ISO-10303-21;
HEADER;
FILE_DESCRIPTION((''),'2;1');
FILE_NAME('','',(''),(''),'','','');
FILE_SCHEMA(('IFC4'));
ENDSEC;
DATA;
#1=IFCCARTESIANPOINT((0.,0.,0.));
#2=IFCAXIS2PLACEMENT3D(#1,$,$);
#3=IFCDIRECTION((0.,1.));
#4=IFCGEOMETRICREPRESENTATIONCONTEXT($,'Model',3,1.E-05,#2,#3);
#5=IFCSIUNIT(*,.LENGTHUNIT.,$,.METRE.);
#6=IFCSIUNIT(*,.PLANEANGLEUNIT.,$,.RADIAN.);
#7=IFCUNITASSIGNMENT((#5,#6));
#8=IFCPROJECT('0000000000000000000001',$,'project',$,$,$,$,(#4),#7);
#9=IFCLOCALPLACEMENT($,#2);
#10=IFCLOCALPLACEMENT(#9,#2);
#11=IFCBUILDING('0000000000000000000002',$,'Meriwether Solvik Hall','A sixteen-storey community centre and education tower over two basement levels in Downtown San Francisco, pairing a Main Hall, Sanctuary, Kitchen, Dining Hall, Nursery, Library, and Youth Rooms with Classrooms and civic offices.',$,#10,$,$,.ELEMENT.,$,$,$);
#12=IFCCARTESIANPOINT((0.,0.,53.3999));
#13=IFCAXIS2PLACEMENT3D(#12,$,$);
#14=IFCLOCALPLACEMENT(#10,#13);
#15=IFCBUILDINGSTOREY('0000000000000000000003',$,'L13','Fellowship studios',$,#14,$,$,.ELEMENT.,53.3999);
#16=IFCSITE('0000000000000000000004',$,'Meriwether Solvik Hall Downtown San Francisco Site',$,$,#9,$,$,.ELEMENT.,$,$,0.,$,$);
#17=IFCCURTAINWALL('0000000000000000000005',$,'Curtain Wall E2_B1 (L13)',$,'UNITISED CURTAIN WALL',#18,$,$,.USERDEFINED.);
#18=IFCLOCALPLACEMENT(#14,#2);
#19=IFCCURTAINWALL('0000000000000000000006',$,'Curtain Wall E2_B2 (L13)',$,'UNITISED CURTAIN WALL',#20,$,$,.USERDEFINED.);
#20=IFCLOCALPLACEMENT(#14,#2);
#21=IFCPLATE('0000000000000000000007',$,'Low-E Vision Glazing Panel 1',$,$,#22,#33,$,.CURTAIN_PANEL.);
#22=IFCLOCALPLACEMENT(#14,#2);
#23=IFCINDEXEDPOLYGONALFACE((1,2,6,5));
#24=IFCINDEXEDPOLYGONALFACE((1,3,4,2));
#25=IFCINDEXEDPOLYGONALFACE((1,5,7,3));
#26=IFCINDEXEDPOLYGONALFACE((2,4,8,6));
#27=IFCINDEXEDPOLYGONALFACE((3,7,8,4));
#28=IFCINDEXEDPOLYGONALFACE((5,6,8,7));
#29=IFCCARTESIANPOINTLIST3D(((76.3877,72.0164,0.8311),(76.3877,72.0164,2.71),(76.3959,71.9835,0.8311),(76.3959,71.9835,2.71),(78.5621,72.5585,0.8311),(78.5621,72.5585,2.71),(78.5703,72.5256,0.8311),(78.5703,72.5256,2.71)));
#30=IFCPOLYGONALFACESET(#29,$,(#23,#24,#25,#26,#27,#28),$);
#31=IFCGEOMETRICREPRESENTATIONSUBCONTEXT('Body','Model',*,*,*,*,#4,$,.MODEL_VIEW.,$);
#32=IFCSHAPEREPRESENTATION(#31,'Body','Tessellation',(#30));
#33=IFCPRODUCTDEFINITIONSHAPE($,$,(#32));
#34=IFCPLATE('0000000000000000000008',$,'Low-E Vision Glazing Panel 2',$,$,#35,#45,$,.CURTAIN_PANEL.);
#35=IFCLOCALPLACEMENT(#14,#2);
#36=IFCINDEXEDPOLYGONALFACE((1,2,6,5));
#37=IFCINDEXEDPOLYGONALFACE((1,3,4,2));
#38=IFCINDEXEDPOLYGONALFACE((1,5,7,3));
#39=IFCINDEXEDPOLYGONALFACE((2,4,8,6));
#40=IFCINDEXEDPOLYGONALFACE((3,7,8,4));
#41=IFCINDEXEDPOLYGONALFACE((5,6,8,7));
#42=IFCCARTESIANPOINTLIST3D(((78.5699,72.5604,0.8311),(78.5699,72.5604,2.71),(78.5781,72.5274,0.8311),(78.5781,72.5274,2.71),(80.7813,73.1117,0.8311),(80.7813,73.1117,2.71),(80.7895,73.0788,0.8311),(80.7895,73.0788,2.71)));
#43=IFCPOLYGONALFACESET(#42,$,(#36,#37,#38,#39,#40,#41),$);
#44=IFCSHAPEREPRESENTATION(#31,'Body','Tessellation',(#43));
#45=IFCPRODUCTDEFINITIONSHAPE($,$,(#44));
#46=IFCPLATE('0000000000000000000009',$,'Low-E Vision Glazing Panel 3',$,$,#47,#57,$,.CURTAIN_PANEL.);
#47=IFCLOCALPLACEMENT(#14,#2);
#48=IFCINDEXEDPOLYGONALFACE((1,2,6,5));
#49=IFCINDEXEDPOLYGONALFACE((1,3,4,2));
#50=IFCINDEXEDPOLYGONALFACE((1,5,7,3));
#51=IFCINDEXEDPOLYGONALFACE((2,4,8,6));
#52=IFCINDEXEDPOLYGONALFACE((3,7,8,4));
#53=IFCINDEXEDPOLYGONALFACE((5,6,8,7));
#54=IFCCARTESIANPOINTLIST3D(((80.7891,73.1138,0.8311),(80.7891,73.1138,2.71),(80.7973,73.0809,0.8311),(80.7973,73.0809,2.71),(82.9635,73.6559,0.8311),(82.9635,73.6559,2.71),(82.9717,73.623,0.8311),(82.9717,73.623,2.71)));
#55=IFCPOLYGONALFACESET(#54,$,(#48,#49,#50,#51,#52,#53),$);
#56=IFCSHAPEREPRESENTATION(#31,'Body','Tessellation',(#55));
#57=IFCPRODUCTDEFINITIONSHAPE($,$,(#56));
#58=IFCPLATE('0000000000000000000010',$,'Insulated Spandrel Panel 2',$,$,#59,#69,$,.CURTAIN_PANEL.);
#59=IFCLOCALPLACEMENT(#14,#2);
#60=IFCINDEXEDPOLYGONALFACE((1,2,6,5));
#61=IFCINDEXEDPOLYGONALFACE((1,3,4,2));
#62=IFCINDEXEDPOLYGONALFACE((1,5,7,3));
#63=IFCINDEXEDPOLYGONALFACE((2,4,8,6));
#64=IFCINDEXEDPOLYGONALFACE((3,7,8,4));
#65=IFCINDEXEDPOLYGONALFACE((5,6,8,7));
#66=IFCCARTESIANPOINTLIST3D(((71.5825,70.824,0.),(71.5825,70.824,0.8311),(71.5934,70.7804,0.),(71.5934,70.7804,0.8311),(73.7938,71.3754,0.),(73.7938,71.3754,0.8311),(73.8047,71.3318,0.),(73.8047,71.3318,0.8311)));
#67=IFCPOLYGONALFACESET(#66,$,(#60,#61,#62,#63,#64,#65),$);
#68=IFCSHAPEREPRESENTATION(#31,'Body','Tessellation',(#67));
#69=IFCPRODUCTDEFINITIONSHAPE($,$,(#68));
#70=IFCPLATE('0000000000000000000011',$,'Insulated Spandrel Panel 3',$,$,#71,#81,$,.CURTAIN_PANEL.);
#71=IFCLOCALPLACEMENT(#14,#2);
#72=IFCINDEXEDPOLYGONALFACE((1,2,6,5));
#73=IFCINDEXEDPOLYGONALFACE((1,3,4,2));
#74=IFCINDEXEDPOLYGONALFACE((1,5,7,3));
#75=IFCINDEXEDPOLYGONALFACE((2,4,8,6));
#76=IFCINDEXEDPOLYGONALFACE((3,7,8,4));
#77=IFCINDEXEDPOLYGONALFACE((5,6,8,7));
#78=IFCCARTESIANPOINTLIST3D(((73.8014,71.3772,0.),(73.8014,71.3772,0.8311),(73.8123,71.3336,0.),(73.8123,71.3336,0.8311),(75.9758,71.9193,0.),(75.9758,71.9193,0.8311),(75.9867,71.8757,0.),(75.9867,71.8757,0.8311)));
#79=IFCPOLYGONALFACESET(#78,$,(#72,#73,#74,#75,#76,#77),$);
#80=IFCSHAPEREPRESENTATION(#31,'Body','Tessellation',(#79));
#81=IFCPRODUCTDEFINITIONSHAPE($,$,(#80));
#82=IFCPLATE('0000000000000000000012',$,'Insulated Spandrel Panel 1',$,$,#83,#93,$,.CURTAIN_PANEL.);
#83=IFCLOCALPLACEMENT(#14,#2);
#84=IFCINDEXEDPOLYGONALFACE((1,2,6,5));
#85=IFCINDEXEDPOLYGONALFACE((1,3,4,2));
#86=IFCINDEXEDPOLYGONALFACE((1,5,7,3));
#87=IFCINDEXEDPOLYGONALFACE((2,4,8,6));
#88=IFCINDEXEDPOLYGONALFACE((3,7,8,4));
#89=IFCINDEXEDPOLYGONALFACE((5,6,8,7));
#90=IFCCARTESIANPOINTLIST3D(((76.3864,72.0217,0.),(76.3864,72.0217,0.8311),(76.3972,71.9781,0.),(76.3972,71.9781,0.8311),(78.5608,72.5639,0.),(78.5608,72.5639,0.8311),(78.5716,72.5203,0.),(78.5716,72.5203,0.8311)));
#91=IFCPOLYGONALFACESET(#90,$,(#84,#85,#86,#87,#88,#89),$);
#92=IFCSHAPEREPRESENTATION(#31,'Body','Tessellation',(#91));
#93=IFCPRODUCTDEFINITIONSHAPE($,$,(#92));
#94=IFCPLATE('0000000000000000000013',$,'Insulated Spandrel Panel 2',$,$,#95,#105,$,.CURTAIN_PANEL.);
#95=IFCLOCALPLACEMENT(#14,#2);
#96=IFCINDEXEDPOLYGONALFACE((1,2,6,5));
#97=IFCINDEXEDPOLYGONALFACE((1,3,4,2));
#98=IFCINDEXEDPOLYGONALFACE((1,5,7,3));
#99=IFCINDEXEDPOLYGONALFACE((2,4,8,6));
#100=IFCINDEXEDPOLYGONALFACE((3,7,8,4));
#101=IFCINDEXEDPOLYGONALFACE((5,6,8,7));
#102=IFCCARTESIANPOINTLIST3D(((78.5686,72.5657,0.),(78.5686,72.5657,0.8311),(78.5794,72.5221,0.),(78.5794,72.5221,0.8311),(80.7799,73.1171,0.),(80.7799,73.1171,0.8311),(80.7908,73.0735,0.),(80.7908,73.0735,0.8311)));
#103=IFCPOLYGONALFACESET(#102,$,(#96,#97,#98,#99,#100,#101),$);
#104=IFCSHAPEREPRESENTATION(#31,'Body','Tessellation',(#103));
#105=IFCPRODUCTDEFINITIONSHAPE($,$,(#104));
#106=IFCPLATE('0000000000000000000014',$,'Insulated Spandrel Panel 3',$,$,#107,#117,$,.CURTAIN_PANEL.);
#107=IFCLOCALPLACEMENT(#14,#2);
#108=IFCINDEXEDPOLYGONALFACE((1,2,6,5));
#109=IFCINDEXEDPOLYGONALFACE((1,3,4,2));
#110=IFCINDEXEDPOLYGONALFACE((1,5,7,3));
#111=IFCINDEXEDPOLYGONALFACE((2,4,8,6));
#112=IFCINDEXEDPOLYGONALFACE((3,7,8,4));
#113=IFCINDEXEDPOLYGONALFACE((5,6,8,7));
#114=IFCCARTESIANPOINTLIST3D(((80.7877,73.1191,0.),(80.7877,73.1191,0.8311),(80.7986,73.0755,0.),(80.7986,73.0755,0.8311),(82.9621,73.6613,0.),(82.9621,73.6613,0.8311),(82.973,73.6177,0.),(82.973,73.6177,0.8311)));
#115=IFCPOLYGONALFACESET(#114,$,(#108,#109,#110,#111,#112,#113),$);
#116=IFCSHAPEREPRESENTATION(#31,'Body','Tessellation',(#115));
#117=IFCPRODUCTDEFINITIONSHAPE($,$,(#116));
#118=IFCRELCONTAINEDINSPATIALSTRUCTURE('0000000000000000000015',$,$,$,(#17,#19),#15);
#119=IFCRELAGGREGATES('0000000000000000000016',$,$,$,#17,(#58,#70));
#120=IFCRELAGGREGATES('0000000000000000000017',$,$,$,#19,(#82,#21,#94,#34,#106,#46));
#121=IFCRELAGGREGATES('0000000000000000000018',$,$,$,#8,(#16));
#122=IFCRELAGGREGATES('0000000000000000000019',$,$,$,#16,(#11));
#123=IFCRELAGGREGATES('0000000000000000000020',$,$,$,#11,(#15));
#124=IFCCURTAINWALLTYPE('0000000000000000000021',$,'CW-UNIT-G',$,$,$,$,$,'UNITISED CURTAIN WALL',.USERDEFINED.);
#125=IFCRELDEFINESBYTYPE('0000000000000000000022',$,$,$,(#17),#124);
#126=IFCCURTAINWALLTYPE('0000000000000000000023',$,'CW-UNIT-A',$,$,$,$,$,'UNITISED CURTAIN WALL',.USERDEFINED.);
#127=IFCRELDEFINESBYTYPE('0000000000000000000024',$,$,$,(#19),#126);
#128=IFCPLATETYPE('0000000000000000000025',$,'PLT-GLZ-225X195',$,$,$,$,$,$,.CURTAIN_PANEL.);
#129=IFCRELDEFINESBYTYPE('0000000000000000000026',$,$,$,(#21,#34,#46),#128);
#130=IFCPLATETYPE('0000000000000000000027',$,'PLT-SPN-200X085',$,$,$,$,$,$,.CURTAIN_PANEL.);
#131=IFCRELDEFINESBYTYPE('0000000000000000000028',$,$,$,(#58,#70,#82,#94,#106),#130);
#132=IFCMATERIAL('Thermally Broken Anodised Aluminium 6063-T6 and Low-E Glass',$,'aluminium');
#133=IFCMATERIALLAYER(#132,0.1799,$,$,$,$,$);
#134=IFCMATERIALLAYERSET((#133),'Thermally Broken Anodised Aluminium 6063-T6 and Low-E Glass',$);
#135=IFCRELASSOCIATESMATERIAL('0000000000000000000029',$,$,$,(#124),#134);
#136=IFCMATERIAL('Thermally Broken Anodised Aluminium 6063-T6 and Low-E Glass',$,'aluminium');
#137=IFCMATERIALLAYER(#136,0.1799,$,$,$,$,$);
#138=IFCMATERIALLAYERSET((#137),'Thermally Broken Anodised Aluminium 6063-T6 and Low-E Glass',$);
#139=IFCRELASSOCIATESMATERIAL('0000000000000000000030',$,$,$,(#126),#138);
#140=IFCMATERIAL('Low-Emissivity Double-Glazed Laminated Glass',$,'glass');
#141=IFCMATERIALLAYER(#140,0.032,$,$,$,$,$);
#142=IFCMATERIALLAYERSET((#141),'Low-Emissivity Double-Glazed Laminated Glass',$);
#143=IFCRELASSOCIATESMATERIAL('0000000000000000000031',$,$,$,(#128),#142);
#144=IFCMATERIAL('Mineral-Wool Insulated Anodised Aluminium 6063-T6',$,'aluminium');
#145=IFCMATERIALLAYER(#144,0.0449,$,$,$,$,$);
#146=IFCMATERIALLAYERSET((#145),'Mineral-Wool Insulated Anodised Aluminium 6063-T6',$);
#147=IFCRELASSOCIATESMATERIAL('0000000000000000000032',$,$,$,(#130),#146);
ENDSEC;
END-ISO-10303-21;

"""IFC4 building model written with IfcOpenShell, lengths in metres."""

from ifc_helpers import new_model, si_unit, direction, frame, origin, origin_2d, place, context, subcontext, project, spatial, rectangle, extrude, material, layer, layer_set, type_object, element, aggregate, save


model = new_model("IFC4")

# Units and contexts
model_context = context("Model", 3, precision=1e-05, world=origin(), true_north=direction((0.0, 1.0)))
body_context = subcontext(model_context, "Body", "Model", "MODEL_VIEW")
ifc_project = project(units=[si_unit("LENGTHUNIT", "METRE"), si_unit("PLANEANGLEUNIT", "RADIAN")], contexts=[model_context])

# Site, building, storey
site_placement = place(None, origin())
site = spatial("IfcSite", under=ifc_project, at=site_placement, Name="Meriwether Solvik Hall Downtown San Francisco Site", CompositionType="ELEMENT", RefElevation=0.0)
building_placement = place(site_placement, origin())
building = spatial("IfcBuilding", under=site, at=building_placement, Name="Meriwether Solvik Hall", Description="A sixteen-storey community centre and education tower over two basement levels in Downtown San Francisco, pairing a Main Hall, Sanctuary, Kitchen, Dining Hall, Nursery, Library, and Youth Rooms with Classrooms and civic offices.", CompositionType="ELEMENT")
storey_placement = place(building_placement, frame((0.0, 0.0, 53.3999)))
storey = spatial("IfcBuildingStorey", under=building, at=storey_placement, Name="L13", Description="Fellowship studios", CompositionType="ELEMENT", Elevation=53.3999)

# Curtain walls
ifc_material_1 = material(Name="Thermally Broken Anodised Aluminium 6063-T6 and Low-E Glass", Category="aluminium")
ifc_layer_1 = layer(ifc_material_1, 0.1799)
ifc_layer_set_1 = layer_set([ifc_layer_1], Name="Thermally Broken Anodised Aluminium 6063-T6 and Low-E Glass")
curtain_wall_type_1 = type_object("IfcCurtainWallType", Name="CW-UNIT-G", ElementType="UNITISED CURTAIN WALL", PredefinedType="USERDEFINED", material=ifc_layer_set_1)
curtain_wall_1_placement = place(storey_placement, origin())
curtain_wall_1 = element("IfcCurtainWall", 1, at=curtain_wall_1_placement, inside=storey, type_object=curtain_wall_type_1, Name="Curtain Wall E2_B1 (L13)", ObjectType="UNITISED CURTAIN WALL", PredefinedType="USERDEFINED")
ifc_material_2 = material(Name="Thermally Broken Anodised Aluminium 6063-T6 and Low-E Glass", Category="aluminium")
ifc_layer_2 = layer(ifc_material_2, 0.1799)
ifc_layer_set_2 = layer_set([ifc_layer_2], Name="Thermally Broken Anodised Aluminium 6063-T6 and Low-E Glass")
curtain_wall_type_2 = type_object("IfcCurtainWallType", Name="CW-UNIT-A", ElementType="UNITISED CURTAIN WALL", PredefinedType="USERDEFINED", material=ifc_layer_set_2)
curtain_wall_2_placement = place(storey_placement, origin())
curtain_wall_2 = element("IfcCurtainWall", 2, at=curtain_wall_2_placement, inside=storey, type_object=curtain_wall_type_2, Name="Curtain Wall E2_B2 (L13)", ObjectType="UNITISED CURTAIN WALL", PredefinedType="USERDEFINED")

# Plates
ifc_material_3 = material(Name="Low-Emissivity Double-Glazed Laminated Glass", Category="glass")
ifc_layer_3 = layer(ifc_material_3, 0.032)
ifc_layer_set_3 = layer_set([ifc_layer_3], Name="Low-Emissivity Double-Glazed Laminated Glass")
plate_type_1 = type_object("IfcPlateType", Name="PLT-GLZ-225X195", PredefinedType="CURTAIN_PANEL", material=ifc_layer_set_3)
plate_1_placement = place(storey_placement, frame((77.479, 72.271, 0.8311), z_axis=(0.0, 0.0, 1.0), x_axis=(0.970296, 0.241922, 0.0)))
plate_1 = element("IfcPlate", 3, at=plate_1_placement, type_object=plate_type_1, Name="Low-E Vision Glazing Panel 1", PredefinedType="CURTAIN_PANEL", context=body_context, shape_type="SweptSolid", body=[
    extrude(rectangle(XDim=2.241, YDim=0.0339, at=origin_2d()), origin(), (0.0, 0.0, 1.0), 1.8789),
])
plate_2_placement = place(storey_placement, frame((79.6797, 72.8196, 0.8311), z_axis=(0.0, 0.0, 1.0), x_axis=(0.970296, 0.241922, 0.0)))
plate_2 = element("IfcPlate", 4, at=plate_2_placement, type_object=plate_type_1, Name="Low-E Vision Glazing Panel 2", PredefinedType="CURTAIN_PANEL", context=body_context, shape_type="SweptSolid", body=[
    extrude(rectangle(XDim=2.2791, YDim=0.0339, at=origin_2d()), origin(), (0.0, 0.0, 1.0), 1.8789),
])
plate_3_placement = place(storey_placement, frame((81.8804, 73.3684, 0.8311), z_axis=(0.0, 0.0, 1.0), x_axis=(0.970296, 0.241922, 0.0)))
plate_3 = element("IfcPlate", 5, at=plate_3_placement, type_object=plate_type_1, Name="Low-E Vision Glazing Panel 3", PredefinedType="CURTAIN_PANEL", context=body_context, shape_type="SweptSolid", body=[
    extrude(rectangle(XDim=2.241, YDim=0.0339, at=origin_2d()), origin(), (0.0, 0.0, 1.0), 1.8789),
])
ifc_material_4 = material(Name="Mineral-Wool Insulated Anodised Aluminium 6063-T6", Category="aluminium")
ifc_layer_4 = layer(ifc_material_4, 0.0449)
ifc_layer_set_4 = layer_set([ifc_layer_4], Name="Mineral-Wool Insulated Anodised Aluminium 6063-T6")
plate_type_2 = type_object("IfcPlateType", Name="PLT-SPN-200X085", PredefinedType="CURTAIN_PANEL", material=ifc_layer_set_4)
plate_4_placement = place(storey_placement, frame((72.6936, 71.0779, 0.0), z_axis=(0.0, 0.0, 1.0), x_axis=(0.970296, 0.241922, 0.0)))
plate_4 = element("IfcPlate", 6, at=plate_4_placement, type_object=plate_type_2, Name="Insulated Spandrel Panel 2", PredefinedType="CURTAIN_PANEL", context=body_context, shape_type="SweptSolid", body=[
    extrude(rectangle(XDim=2.2791, YDim=0.0449, at=origin_2d()), origin(), (0.0, 0.0, 1.0), 0.8311),
])
plate_5_placement = place(storey_placement, frame((74.894, 71.6265, 0.0), z_axis=(0.0, 0.0, 1.0), x_axis=(0.970296, 0.241922, 0.0)))
plate_5 = element("IfcPlate", 7, at=plate_5_placement, type_object=plate_type_2, Name="Insulated Spandrel Panel 3", PredefinedType="CURTAIN_PANEL", context=body_context, shape_type="SweptSolid", body=[
    extrude(rectangle(XDim=2.241, YDim=0.0449, at=origin_2d()), origin(), (0.0, 0.0, 1.0), 0.8311),
])
aggregate(curtain_wall_1, [plate_4, plate_5])
plate_6_placement = place(storey_placement, frame((77.479, 72.271, 0.0), z_axis=(0.0, 0.0, 1.0), x_axis=(0.970296, 0.241922, 0.0)))
plate_6 = element("IfcPlate", 8, at=plate_6_placement, type_object=plate_type_2, Name="Insulated Spandrel Panel 1", PredefinedType="CURTAIN_PANEL", context=body_context, shape_type="SweptSolid", body=[
    extrude(rectangle(XDim=2.241, YDim=0.0449, at=origin_2d()), origin(), (0.0, 0.0, 1.0), 0.8311),
])
plate_7_placement = place(storey_placement, frame((79.6797, 72.8196, 0.0), z_axis=(0.0, 0.0, 1.0), x_axis=(0.970296, 0.241922, 0.0)))
plate_7 = element("IfcPlate", 9, at=plate_7_placement, type_object=plate_type_2, Name="Insulated Spandrel Panel 2", PredefinedType="CURTAIN_PANEL", context=body_context, shape_type="SweptSolid", body=[
    extrude(rectangle(XDim=2.2791, YDim=0.0449, at=origin_2d()), origin(), (0.0, 0.0, 1.0), 0.8311),
])
plate_8_placement = place(storey_placement, frame((81.8804, 73.3684, 0.0), z_axis=(0.0, 0.0, 1.0), x_axis=(0.970296, 0.241922, 0.0)))
plate_8 = element("IfcPlate", 10, at=plate_8_placement, type_object=plate_type_2, Name="Insulated Spandrel Panel 3", PredefinedType="CURTAIN_PANEL", context=body_context, shape_type="SweptSolid", body=[
    extrude(rectangle(XDim=2.241, YDim=0.0449, at=origin_2d()), origin(), (0.0, 0.0, 1.0), 0.8311),
])
aggregate(curtain_wall_2, [plate_6, plate_1, plate_7, plate_2, plate_8, plate_3])

save(model, "model.ifc")
